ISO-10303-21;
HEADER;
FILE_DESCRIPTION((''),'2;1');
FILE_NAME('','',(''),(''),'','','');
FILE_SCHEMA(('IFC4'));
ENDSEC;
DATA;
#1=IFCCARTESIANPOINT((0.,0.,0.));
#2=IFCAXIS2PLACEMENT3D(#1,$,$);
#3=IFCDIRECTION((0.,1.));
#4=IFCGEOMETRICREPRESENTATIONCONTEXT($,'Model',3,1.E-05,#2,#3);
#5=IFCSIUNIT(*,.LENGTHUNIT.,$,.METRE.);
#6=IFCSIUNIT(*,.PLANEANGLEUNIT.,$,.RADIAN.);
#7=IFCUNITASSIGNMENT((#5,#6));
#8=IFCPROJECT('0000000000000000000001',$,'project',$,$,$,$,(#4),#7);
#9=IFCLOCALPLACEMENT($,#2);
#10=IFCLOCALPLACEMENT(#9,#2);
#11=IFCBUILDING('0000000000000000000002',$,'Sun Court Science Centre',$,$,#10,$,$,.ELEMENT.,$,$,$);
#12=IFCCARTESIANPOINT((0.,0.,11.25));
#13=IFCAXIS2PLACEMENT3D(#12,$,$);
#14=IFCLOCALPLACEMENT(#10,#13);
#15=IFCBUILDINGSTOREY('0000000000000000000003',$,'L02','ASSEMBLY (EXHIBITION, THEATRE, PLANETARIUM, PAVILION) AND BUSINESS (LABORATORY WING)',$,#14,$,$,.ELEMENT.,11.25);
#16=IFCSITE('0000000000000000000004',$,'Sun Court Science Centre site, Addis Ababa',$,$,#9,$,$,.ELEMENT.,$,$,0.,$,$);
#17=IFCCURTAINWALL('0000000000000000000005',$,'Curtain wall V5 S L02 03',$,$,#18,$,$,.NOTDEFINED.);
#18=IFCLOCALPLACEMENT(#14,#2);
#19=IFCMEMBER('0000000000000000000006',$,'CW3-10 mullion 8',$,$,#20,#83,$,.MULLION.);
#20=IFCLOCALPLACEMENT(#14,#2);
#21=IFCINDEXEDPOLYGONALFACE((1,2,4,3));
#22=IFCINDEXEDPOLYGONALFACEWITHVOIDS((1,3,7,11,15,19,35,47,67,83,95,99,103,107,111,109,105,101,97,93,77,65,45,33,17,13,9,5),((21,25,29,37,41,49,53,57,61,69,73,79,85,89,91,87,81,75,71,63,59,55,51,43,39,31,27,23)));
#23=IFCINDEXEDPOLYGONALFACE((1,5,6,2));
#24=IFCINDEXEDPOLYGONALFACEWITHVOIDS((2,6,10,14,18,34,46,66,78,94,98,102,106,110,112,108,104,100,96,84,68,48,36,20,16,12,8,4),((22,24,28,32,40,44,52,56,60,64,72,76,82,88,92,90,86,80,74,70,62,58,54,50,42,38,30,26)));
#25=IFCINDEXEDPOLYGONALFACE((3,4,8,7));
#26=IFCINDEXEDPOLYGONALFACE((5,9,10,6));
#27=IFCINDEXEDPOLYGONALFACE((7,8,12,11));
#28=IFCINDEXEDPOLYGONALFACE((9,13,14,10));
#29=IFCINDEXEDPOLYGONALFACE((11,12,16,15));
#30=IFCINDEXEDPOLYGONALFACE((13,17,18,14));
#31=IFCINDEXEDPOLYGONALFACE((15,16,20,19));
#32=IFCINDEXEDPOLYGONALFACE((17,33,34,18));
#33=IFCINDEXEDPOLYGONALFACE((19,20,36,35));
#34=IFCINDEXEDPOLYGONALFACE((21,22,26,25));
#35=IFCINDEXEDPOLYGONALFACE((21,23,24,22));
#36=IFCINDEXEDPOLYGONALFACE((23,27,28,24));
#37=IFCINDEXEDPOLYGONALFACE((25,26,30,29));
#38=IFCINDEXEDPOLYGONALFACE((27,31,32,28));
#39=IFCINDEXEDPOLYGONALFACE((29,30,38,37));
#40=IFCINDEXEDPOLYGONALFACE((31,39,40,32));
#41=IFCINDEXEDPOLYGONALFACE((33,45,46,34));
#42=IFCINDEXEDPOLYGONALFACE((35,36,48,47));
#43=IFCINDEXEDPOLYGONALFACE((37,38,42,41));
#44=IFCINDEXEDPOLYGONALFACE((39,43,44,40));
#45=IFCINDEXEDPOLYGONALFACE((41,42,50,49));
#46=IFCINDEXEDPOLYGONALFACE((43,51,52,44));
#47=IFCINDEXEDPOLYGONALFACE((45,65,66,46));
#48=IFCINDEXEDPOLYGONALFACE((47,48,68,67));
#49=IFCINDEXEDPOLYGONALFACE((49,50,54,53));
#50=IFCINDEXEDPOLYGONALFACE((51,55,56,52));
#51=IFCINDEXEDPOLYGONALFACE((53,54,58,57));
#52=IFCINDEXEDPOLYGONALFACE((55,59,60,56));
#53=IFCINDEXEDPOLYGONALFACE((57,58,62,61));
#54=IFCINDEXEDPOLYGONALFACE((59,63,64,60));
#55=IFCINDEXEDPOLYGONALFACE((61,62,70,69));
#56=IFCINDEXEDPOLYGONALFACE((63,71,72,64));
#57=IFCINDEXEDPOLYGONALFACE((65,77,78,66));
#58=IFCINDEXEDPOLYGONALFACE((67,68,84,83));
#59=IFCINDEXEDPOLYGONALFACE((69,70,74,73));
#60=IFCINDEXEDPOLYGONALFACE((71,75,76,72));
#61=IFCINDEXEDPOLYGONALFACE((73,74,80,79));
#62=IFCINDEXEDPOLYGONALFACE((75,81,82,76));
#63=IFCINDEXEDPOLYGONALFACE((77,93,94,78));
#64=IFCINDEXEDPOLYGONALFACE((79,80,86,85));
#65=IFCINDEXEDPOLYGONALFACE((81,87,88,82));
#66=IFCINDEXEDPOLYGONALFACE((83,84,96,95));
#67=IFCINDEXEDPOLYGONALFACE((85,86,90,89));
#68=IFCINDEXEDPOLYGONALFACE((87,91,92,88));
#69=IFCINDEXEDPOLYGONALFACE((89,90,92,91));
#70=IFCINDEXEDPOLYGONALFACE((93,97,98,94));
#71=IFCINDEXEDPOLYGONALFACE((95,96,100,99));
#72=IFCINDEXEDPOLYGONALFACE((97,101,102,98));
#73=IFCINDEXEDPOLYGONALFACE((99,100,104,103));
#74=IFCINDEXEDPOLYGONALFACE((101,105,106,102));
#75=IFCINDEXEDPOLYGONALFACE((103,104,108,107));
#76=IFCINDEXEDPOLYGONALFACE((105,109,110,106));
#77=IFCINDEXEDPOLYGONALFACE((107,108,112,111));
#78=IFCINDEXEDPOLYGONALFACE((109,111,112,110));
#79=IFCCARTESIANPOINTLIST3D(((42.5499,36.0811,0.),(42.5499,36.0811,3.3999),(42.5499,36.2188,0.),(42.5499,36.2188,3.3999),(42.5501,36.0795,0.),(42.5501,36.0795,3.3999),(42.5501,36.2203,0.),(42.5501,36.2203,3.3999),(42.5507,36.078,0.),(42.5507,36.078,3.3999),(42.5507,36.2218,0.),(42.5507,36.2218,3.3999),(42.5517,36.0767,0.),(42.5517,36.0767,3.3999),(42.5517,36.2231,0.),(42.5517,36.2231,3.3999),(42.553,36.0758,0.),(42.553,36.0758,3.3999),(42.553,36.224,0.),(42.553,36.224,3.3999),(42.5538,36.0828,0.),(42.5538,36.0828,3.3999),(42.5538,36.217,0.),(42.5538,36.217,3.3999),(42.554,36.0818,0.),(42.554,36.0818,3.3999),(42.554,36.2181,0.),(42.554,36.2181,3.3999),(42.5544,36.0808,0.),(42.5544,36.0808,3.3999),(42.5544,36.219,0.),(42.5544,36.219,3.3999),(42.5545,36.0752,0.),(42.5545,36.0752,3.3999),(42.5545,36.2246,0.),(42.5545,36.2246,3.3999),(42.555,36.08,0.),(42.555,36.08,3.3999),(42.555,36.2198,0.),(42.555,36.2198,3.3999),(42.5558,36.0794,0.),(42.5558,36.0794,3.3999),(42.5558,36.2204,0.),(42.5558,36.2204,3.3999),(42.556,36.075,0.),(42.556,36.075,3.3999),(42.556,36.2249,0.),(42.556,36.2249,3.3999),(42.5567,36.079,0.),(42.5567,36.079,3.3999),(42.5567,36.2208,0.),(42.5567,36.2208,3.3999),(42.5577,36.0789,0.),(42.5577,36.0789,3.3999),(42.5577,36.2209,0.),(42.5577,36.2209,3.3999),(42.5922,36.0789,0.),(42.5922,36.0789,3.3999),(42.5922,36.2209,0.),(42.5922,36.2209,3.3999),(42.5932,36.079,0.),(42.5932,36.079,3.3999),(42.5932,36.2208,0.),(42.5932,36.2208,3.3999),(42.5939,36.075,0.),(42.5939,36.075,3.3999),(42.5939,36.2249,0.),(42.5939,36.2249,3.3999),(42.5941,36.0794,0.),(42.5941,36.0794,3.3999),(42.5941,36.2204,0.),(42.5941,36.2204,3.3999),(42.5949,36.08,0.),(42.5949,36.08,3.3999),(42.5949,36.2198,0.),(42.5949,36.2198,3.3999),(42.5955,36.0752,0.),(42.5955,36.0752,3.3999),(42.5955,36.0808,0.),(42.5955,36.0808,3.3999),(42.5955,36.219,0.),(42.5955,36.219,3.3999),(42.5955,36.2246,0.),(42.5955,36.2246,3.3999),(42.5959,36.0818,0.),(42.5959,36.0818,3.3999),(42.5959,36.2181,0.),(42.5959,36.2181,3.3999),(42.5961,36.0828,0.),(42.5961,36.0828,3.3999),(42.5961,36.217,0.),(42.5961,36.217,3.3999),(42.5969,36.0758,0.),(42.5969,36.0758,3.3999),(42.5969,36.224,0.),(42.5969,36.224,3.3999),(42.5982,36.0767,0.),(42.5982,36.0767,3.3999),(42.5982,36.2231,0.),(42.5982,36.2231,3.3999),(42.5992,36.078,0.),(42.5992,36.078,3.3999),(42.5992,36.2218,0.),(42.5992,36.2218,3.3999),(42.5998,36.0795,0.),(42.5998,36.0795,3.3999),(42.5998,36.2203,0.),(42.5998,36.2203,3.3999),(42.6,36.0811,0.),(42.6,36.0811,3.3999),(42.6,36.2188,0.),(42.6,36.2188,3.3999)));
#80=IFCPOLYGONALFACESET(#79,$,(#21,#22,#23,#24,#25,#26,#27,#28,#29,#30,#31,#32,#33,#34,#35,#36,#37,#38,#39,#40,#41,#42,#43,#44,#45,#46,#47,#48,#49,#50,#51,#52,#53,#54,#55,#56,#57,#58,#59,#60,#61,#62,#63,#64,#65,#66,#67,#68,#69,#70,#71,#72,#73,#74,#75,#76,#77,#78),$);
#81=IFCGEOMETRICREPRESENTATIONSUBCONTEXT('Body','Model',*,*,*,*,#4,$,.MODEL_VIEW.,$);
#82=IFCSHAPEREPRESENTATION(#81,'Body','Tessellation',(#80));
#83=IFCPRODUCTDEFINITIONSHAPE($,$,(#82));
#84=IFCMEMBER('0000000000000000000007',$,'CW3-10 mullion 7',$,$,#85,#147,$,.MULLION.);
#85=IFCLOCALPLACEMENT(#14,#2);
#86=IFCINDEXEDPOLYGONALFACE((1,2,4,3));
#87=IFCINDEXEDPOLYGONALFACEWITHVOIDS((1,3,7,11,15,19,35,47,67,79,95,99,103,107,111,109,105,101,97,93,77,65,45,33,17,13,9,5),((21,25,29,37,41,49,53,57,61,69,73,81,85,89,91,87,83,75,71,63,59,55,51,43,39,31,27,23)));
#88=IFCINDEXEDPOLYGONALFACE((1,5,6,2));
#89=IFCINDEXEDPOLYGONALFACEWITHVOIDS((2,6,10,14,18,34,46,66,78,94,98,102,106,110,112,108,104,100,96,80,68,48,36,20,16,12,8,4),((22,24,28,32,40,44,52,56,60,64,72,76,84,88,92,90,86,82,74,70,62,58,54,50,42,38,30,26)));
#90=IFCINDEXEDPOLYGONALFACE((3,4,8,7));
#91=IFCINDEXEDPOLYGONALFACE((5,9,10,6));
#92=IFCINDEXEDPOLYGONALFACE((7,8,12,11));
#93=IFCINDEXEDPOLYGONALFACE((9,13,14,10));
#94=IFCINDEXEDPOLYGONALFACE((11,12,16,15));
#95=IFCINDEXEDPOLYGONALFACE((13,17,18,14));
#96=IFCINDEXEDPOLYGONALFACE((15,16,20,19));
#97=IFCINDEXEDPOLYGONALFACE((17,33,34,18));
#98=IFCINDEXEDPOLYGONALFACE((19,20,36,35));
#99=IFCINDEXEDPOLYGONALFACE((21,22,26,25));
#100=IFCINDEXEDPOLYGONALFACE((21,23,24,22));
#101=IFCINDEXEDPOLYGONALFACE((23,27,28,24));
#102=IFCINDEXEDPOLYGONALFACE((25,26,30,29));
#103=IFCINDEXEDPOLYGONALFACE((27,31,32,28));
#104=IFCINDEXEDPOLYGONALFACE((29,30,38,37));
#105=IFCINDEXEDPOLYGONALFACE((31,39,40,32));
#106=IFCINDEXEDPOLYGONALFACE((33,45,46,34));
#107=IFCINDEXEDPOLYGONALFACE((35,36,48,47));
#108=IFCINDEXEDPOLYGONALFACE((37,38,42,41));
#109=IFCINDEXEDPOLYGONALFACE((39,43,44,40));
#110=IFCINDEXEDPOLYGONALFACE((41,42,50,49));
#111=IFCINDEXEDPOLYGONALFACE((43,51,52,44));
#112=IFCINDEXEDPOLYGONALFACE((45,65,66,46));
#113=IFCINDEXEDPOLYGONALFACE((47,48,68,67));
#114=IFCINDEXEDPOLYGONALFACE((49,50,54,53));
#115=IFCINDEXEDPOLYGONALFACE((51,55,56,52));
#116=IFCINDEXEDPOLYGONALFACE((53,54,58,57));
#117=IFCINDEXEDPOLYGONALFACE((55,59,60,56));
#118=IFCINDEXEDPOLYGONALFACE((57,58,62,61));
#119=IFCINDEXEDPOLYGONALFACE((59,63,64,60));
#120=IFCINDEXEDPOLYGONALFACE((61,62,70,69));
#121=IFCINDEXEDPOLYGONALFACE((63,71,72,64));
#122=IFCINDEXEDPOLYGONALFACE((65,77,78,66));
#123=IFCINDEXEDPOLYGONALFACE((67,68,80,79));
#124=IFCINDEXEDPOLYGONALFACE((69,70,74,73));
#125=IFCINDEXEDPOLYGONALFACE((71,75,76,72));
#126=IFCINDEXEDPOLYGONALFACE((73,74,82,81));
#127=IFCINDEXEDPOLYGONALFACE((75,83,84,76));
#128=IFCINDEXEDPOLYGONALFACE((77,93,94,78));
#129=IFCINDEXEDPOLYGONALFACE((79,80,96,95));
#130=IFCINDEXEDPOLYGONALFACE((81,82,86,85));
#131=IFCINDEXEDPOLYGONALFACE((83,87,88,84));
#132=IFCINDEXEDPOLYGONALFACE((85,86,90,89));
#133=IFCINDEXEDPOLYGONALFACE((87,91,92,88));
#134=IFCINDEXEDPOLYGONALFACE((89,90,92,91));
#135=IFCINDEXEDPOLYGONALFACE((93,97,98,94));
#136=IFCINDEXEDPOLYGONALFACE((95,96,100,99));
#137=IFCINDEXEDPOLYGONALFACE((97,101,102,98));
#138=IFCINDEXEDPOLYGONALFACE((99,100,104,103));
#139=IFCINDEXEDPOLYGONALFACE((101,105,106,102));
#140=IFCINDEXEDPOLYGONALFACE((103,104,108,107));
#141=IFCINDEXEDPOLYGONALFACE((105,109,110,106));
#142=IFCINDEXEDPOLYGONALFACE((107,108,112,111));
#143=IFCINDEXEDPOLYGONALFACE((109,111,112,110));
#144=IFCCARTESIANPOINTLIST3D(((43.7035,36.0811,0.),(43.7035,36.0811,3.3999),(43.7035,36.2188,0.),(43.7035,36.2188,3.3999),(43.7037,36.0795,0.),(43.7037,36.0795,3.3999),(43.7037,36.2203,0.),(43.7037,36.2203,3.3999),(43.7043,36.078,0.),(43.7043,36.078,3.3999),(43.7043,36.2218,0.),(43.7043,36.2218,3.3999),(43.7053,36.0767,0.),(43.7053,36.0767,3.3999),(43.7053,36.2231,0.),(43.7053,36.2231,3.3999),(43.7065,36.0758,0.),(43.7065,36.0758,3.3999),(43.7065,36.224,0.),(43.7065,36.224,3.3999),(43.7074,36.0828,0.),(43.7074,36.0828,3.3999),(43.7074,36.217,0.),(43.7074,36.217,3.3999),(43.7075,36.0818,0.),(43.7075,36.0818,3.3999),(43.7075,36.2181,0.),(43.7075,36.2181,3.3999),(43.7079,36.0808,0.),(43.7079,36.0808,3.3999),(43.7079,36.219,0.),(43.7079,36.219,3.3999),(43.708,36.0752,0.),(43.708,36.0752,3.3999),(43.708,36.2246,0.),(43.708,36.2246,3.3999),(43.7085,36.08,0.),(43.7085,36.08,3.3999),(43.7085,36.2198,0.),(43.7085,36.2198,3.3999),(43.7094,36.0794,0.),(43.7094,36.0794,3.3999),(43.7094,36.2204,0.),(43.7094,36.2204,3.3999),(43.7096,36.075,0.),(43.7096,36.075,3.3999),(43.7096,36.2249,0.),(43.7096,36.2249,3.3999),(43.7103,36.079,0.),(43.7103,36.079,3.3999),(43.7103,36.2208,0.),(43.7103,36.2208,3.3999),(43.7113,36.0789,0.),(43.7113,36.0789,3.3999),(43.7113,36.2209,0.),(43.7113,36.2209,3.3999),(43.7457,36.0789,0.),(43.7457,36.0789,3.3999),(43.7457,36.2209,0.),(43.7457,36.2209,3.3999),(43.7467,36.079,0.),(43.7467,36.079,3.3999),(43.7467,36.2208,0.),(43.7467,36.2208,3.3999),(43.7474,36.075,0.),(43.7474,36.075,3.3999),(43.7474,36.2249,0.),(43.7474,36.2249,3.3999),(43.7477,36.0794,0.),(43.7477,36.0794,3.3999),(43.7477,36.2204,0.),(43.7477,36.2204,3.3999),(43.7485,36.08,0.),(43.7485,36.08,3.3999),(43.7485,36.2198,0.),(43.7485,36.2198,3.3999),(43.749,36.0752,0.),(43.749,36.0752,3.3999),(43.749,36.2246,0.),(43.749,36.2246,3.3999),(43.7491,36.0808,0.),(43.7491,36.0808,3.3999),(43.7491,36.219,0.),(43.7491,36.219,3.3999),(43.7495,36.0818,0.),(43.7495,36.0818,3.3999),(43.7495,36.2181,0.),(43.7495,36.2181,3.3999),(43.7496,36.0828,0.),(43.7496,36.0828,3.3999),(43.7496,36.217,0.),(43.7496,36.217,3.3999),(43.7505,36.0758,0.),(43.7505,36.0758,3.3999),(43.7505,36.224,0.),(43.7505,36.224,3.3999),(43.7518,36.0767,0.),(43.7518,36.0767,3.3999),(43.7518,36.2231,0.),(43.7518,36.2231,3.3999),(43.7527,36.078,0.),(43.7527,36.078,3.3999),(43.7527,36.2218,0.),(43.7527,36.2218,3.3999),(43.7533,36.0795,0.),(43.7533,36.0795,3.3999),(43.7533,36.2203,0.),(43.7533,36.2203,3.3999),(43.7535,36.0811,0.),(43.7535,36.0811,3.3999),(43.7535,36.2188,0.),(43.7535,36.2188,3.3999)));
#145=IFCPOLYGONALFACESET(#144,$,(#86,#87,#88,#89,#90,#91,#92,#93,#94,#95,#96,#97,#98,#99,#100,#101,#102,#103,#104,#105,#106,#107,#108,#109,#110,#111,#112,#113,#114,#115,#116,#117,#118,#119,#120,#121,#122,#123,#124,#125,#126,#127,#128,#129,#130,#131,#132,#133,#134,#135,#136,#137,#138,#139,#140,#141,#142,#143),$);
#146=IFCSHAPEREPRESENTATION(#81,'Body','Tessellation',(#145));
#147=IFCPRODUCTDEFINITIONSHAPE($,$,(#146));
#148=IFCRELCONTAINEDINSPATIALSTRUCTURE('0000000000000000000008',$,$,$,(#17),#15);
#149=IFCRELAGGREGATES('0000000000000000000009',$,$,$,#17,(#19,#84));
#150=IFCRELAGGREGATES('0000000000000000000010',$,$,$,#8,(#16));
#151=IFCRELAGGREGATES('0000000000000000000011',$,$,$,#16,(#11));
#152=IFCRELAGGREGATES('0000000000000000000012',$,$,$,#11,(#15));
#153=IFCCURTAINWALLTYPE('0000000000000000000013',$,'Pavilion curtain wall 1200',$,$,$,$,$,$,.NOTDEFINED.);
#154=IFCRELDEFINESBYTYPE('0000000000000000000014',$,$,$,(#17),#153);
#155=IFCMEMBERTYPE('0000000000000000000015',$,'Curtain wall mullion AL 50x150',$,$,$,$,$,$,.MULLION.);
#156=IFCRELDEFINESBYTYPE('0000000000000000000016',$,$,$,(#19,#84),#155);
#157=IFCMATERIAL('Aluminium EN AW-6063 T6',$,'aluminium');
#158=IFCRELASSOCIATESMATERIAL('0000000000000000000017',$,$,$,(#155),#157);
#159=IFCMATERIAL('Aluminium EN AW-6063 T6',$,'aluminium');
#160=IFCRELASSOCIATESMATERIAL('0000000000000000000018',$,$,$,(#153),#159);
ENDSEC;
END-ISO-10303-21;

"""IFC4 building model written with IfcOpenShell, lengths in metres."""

from ifc_helpers import new_model, si_unit, direction, frame, origin, origin_2d, place, context, subcontext, project, spatial, hollow_rectangle, extrude, material, material_profile, profile_set, type_object, element, aggregate, save


model = new_model("IFC4")

# Units and contexts
model_context = context("Model", 3, precision=1e-05, world=origin(), true_north=direction((0.0, 1.0)))
body_context = subcontext(model_context, "Body", "Model", "MODEL_VIEW")
ifc_project = project(units=[si_unit("LENGTHUNIT", "METRE"), si_unit("PLANEANGLEUNIT", "RADIAN")], contexts=[model_context])

# Site, building, storey
site_placement = place(None, origin())
site = spatial("IfcSite", under=ifc_project, at=site_placement, Name="Sun Court Science Centre site, Addis Ababa", CompositionType="ELEMENT", RefElevation=0.0)
building_placement = place(site_placement, origin())
building = spatial("IfcBuilding", under=site, at=building_placement, Name="Sun Court Science Centre", CompositionType="ELEMENT")
storey_placement = place(building_placement, frame((0.0, 0.0, 11.25)))
storey = spatial("IfcBuildingStorey", under=building, at=storey_placement, Name="L02", Description="ASSEMBLY (EXHIBITION, THEATRE, PLANETARIUM, PAVILION) AND BUSINESS (LABORATORY WING)", CompositionType="ELEMENT", Elevation=11.25)

# Curtain wall, members
ifc_material_1 = material(Name="Aluminium EN AW-6063 T6", Category="aluminium")
ifc_material_profile_1 = material_profile(ifc_material_1, hollow_rectangle(XDim=0.05, YDim=0.1499, WallThickness=0.0039, InnerFilletRadius=0.0039, OuterFilletRadius=0.0061, at=origin_2d()), Name="AL 50x150x4")
ifc_profile_set_1 = profile_set([ifc_material_profile_1], Name="Aluminium EN AW-6063 T6")
member_type_1 = type_object("IfcMemberType", Name="Curtain wall mullion AL 50x150", PredefinedType="MULLION", material=ifc_profile_set_1)
ifc_material_2 = material(Name="Aluminium EN AW-6063 T6", Category="aluminium")
curtain_wall_type_1 = type_object("IfcCurtainWallType", Name="Pavilion curtain wall 1200", PredefinedType="NOTDEFINED", material=ifc_material_2)
curtain_wall_1_placement = place(storey_placement, origin())
curtain_wall_1 = element("IfcCurtainWall", 1, at=curtain_wall_1_placement, inside=storey, type_object=curtain_wall_type_1, Name="Curtain wall V5 S L02 03", PredefinedType="NOTDEFINED")
member_1_placement = place(storey_placement, frame((42.575, 36.1499, 0.0), z_axis=(0.0, 0.0, 1.0), x_axis=(-1.0, 0.0, 0.0)))
member_1 = element("IfcMember", 2, at=member_1_placement, type_object=member_type_1, Name="CW3-10 mullion 8", PredefinedType="MULLION", context=body_context, shape_type="SweptSolid", body=[
    extrude(hollow_rectangle(XDim=0.05, YDim=0.1499, WallThickness=0.0039, InnerFilletRadius=0.0039, OuterFilletRadius=0.0061, at=origin_2d()), origin(), (0.0, 0.0, 1.0), 3.3999),
])
member_2_placement = place(storey_placement, frame((43.7285, 36.1499, 0.0), z_axis=(0.0, 0.0, 1.0), x_axis=(-1.0, 0.0, 0.0)))
member_2 = element("IfcMember", 3, at=member_2_placement, type_object=member_type_1, Name="CW3-10 mullion 7", PredefinedType="MULLION", context=body_context, shape_type="SweptSolid", body=[
    extrude(hollow_rectangle(XDim=0.05, YDim=0.1499, WallThickness=0.0039, InnerFilletRadius=0.0039, OuterFilletRadius=0.0061, at=origin_2d()), origin(), (0.0, 0.0, 1.0), 3.3999),
])
aggregate(curtain_wall_1, [member_1, member_2])

save(model, "model.ifc")
